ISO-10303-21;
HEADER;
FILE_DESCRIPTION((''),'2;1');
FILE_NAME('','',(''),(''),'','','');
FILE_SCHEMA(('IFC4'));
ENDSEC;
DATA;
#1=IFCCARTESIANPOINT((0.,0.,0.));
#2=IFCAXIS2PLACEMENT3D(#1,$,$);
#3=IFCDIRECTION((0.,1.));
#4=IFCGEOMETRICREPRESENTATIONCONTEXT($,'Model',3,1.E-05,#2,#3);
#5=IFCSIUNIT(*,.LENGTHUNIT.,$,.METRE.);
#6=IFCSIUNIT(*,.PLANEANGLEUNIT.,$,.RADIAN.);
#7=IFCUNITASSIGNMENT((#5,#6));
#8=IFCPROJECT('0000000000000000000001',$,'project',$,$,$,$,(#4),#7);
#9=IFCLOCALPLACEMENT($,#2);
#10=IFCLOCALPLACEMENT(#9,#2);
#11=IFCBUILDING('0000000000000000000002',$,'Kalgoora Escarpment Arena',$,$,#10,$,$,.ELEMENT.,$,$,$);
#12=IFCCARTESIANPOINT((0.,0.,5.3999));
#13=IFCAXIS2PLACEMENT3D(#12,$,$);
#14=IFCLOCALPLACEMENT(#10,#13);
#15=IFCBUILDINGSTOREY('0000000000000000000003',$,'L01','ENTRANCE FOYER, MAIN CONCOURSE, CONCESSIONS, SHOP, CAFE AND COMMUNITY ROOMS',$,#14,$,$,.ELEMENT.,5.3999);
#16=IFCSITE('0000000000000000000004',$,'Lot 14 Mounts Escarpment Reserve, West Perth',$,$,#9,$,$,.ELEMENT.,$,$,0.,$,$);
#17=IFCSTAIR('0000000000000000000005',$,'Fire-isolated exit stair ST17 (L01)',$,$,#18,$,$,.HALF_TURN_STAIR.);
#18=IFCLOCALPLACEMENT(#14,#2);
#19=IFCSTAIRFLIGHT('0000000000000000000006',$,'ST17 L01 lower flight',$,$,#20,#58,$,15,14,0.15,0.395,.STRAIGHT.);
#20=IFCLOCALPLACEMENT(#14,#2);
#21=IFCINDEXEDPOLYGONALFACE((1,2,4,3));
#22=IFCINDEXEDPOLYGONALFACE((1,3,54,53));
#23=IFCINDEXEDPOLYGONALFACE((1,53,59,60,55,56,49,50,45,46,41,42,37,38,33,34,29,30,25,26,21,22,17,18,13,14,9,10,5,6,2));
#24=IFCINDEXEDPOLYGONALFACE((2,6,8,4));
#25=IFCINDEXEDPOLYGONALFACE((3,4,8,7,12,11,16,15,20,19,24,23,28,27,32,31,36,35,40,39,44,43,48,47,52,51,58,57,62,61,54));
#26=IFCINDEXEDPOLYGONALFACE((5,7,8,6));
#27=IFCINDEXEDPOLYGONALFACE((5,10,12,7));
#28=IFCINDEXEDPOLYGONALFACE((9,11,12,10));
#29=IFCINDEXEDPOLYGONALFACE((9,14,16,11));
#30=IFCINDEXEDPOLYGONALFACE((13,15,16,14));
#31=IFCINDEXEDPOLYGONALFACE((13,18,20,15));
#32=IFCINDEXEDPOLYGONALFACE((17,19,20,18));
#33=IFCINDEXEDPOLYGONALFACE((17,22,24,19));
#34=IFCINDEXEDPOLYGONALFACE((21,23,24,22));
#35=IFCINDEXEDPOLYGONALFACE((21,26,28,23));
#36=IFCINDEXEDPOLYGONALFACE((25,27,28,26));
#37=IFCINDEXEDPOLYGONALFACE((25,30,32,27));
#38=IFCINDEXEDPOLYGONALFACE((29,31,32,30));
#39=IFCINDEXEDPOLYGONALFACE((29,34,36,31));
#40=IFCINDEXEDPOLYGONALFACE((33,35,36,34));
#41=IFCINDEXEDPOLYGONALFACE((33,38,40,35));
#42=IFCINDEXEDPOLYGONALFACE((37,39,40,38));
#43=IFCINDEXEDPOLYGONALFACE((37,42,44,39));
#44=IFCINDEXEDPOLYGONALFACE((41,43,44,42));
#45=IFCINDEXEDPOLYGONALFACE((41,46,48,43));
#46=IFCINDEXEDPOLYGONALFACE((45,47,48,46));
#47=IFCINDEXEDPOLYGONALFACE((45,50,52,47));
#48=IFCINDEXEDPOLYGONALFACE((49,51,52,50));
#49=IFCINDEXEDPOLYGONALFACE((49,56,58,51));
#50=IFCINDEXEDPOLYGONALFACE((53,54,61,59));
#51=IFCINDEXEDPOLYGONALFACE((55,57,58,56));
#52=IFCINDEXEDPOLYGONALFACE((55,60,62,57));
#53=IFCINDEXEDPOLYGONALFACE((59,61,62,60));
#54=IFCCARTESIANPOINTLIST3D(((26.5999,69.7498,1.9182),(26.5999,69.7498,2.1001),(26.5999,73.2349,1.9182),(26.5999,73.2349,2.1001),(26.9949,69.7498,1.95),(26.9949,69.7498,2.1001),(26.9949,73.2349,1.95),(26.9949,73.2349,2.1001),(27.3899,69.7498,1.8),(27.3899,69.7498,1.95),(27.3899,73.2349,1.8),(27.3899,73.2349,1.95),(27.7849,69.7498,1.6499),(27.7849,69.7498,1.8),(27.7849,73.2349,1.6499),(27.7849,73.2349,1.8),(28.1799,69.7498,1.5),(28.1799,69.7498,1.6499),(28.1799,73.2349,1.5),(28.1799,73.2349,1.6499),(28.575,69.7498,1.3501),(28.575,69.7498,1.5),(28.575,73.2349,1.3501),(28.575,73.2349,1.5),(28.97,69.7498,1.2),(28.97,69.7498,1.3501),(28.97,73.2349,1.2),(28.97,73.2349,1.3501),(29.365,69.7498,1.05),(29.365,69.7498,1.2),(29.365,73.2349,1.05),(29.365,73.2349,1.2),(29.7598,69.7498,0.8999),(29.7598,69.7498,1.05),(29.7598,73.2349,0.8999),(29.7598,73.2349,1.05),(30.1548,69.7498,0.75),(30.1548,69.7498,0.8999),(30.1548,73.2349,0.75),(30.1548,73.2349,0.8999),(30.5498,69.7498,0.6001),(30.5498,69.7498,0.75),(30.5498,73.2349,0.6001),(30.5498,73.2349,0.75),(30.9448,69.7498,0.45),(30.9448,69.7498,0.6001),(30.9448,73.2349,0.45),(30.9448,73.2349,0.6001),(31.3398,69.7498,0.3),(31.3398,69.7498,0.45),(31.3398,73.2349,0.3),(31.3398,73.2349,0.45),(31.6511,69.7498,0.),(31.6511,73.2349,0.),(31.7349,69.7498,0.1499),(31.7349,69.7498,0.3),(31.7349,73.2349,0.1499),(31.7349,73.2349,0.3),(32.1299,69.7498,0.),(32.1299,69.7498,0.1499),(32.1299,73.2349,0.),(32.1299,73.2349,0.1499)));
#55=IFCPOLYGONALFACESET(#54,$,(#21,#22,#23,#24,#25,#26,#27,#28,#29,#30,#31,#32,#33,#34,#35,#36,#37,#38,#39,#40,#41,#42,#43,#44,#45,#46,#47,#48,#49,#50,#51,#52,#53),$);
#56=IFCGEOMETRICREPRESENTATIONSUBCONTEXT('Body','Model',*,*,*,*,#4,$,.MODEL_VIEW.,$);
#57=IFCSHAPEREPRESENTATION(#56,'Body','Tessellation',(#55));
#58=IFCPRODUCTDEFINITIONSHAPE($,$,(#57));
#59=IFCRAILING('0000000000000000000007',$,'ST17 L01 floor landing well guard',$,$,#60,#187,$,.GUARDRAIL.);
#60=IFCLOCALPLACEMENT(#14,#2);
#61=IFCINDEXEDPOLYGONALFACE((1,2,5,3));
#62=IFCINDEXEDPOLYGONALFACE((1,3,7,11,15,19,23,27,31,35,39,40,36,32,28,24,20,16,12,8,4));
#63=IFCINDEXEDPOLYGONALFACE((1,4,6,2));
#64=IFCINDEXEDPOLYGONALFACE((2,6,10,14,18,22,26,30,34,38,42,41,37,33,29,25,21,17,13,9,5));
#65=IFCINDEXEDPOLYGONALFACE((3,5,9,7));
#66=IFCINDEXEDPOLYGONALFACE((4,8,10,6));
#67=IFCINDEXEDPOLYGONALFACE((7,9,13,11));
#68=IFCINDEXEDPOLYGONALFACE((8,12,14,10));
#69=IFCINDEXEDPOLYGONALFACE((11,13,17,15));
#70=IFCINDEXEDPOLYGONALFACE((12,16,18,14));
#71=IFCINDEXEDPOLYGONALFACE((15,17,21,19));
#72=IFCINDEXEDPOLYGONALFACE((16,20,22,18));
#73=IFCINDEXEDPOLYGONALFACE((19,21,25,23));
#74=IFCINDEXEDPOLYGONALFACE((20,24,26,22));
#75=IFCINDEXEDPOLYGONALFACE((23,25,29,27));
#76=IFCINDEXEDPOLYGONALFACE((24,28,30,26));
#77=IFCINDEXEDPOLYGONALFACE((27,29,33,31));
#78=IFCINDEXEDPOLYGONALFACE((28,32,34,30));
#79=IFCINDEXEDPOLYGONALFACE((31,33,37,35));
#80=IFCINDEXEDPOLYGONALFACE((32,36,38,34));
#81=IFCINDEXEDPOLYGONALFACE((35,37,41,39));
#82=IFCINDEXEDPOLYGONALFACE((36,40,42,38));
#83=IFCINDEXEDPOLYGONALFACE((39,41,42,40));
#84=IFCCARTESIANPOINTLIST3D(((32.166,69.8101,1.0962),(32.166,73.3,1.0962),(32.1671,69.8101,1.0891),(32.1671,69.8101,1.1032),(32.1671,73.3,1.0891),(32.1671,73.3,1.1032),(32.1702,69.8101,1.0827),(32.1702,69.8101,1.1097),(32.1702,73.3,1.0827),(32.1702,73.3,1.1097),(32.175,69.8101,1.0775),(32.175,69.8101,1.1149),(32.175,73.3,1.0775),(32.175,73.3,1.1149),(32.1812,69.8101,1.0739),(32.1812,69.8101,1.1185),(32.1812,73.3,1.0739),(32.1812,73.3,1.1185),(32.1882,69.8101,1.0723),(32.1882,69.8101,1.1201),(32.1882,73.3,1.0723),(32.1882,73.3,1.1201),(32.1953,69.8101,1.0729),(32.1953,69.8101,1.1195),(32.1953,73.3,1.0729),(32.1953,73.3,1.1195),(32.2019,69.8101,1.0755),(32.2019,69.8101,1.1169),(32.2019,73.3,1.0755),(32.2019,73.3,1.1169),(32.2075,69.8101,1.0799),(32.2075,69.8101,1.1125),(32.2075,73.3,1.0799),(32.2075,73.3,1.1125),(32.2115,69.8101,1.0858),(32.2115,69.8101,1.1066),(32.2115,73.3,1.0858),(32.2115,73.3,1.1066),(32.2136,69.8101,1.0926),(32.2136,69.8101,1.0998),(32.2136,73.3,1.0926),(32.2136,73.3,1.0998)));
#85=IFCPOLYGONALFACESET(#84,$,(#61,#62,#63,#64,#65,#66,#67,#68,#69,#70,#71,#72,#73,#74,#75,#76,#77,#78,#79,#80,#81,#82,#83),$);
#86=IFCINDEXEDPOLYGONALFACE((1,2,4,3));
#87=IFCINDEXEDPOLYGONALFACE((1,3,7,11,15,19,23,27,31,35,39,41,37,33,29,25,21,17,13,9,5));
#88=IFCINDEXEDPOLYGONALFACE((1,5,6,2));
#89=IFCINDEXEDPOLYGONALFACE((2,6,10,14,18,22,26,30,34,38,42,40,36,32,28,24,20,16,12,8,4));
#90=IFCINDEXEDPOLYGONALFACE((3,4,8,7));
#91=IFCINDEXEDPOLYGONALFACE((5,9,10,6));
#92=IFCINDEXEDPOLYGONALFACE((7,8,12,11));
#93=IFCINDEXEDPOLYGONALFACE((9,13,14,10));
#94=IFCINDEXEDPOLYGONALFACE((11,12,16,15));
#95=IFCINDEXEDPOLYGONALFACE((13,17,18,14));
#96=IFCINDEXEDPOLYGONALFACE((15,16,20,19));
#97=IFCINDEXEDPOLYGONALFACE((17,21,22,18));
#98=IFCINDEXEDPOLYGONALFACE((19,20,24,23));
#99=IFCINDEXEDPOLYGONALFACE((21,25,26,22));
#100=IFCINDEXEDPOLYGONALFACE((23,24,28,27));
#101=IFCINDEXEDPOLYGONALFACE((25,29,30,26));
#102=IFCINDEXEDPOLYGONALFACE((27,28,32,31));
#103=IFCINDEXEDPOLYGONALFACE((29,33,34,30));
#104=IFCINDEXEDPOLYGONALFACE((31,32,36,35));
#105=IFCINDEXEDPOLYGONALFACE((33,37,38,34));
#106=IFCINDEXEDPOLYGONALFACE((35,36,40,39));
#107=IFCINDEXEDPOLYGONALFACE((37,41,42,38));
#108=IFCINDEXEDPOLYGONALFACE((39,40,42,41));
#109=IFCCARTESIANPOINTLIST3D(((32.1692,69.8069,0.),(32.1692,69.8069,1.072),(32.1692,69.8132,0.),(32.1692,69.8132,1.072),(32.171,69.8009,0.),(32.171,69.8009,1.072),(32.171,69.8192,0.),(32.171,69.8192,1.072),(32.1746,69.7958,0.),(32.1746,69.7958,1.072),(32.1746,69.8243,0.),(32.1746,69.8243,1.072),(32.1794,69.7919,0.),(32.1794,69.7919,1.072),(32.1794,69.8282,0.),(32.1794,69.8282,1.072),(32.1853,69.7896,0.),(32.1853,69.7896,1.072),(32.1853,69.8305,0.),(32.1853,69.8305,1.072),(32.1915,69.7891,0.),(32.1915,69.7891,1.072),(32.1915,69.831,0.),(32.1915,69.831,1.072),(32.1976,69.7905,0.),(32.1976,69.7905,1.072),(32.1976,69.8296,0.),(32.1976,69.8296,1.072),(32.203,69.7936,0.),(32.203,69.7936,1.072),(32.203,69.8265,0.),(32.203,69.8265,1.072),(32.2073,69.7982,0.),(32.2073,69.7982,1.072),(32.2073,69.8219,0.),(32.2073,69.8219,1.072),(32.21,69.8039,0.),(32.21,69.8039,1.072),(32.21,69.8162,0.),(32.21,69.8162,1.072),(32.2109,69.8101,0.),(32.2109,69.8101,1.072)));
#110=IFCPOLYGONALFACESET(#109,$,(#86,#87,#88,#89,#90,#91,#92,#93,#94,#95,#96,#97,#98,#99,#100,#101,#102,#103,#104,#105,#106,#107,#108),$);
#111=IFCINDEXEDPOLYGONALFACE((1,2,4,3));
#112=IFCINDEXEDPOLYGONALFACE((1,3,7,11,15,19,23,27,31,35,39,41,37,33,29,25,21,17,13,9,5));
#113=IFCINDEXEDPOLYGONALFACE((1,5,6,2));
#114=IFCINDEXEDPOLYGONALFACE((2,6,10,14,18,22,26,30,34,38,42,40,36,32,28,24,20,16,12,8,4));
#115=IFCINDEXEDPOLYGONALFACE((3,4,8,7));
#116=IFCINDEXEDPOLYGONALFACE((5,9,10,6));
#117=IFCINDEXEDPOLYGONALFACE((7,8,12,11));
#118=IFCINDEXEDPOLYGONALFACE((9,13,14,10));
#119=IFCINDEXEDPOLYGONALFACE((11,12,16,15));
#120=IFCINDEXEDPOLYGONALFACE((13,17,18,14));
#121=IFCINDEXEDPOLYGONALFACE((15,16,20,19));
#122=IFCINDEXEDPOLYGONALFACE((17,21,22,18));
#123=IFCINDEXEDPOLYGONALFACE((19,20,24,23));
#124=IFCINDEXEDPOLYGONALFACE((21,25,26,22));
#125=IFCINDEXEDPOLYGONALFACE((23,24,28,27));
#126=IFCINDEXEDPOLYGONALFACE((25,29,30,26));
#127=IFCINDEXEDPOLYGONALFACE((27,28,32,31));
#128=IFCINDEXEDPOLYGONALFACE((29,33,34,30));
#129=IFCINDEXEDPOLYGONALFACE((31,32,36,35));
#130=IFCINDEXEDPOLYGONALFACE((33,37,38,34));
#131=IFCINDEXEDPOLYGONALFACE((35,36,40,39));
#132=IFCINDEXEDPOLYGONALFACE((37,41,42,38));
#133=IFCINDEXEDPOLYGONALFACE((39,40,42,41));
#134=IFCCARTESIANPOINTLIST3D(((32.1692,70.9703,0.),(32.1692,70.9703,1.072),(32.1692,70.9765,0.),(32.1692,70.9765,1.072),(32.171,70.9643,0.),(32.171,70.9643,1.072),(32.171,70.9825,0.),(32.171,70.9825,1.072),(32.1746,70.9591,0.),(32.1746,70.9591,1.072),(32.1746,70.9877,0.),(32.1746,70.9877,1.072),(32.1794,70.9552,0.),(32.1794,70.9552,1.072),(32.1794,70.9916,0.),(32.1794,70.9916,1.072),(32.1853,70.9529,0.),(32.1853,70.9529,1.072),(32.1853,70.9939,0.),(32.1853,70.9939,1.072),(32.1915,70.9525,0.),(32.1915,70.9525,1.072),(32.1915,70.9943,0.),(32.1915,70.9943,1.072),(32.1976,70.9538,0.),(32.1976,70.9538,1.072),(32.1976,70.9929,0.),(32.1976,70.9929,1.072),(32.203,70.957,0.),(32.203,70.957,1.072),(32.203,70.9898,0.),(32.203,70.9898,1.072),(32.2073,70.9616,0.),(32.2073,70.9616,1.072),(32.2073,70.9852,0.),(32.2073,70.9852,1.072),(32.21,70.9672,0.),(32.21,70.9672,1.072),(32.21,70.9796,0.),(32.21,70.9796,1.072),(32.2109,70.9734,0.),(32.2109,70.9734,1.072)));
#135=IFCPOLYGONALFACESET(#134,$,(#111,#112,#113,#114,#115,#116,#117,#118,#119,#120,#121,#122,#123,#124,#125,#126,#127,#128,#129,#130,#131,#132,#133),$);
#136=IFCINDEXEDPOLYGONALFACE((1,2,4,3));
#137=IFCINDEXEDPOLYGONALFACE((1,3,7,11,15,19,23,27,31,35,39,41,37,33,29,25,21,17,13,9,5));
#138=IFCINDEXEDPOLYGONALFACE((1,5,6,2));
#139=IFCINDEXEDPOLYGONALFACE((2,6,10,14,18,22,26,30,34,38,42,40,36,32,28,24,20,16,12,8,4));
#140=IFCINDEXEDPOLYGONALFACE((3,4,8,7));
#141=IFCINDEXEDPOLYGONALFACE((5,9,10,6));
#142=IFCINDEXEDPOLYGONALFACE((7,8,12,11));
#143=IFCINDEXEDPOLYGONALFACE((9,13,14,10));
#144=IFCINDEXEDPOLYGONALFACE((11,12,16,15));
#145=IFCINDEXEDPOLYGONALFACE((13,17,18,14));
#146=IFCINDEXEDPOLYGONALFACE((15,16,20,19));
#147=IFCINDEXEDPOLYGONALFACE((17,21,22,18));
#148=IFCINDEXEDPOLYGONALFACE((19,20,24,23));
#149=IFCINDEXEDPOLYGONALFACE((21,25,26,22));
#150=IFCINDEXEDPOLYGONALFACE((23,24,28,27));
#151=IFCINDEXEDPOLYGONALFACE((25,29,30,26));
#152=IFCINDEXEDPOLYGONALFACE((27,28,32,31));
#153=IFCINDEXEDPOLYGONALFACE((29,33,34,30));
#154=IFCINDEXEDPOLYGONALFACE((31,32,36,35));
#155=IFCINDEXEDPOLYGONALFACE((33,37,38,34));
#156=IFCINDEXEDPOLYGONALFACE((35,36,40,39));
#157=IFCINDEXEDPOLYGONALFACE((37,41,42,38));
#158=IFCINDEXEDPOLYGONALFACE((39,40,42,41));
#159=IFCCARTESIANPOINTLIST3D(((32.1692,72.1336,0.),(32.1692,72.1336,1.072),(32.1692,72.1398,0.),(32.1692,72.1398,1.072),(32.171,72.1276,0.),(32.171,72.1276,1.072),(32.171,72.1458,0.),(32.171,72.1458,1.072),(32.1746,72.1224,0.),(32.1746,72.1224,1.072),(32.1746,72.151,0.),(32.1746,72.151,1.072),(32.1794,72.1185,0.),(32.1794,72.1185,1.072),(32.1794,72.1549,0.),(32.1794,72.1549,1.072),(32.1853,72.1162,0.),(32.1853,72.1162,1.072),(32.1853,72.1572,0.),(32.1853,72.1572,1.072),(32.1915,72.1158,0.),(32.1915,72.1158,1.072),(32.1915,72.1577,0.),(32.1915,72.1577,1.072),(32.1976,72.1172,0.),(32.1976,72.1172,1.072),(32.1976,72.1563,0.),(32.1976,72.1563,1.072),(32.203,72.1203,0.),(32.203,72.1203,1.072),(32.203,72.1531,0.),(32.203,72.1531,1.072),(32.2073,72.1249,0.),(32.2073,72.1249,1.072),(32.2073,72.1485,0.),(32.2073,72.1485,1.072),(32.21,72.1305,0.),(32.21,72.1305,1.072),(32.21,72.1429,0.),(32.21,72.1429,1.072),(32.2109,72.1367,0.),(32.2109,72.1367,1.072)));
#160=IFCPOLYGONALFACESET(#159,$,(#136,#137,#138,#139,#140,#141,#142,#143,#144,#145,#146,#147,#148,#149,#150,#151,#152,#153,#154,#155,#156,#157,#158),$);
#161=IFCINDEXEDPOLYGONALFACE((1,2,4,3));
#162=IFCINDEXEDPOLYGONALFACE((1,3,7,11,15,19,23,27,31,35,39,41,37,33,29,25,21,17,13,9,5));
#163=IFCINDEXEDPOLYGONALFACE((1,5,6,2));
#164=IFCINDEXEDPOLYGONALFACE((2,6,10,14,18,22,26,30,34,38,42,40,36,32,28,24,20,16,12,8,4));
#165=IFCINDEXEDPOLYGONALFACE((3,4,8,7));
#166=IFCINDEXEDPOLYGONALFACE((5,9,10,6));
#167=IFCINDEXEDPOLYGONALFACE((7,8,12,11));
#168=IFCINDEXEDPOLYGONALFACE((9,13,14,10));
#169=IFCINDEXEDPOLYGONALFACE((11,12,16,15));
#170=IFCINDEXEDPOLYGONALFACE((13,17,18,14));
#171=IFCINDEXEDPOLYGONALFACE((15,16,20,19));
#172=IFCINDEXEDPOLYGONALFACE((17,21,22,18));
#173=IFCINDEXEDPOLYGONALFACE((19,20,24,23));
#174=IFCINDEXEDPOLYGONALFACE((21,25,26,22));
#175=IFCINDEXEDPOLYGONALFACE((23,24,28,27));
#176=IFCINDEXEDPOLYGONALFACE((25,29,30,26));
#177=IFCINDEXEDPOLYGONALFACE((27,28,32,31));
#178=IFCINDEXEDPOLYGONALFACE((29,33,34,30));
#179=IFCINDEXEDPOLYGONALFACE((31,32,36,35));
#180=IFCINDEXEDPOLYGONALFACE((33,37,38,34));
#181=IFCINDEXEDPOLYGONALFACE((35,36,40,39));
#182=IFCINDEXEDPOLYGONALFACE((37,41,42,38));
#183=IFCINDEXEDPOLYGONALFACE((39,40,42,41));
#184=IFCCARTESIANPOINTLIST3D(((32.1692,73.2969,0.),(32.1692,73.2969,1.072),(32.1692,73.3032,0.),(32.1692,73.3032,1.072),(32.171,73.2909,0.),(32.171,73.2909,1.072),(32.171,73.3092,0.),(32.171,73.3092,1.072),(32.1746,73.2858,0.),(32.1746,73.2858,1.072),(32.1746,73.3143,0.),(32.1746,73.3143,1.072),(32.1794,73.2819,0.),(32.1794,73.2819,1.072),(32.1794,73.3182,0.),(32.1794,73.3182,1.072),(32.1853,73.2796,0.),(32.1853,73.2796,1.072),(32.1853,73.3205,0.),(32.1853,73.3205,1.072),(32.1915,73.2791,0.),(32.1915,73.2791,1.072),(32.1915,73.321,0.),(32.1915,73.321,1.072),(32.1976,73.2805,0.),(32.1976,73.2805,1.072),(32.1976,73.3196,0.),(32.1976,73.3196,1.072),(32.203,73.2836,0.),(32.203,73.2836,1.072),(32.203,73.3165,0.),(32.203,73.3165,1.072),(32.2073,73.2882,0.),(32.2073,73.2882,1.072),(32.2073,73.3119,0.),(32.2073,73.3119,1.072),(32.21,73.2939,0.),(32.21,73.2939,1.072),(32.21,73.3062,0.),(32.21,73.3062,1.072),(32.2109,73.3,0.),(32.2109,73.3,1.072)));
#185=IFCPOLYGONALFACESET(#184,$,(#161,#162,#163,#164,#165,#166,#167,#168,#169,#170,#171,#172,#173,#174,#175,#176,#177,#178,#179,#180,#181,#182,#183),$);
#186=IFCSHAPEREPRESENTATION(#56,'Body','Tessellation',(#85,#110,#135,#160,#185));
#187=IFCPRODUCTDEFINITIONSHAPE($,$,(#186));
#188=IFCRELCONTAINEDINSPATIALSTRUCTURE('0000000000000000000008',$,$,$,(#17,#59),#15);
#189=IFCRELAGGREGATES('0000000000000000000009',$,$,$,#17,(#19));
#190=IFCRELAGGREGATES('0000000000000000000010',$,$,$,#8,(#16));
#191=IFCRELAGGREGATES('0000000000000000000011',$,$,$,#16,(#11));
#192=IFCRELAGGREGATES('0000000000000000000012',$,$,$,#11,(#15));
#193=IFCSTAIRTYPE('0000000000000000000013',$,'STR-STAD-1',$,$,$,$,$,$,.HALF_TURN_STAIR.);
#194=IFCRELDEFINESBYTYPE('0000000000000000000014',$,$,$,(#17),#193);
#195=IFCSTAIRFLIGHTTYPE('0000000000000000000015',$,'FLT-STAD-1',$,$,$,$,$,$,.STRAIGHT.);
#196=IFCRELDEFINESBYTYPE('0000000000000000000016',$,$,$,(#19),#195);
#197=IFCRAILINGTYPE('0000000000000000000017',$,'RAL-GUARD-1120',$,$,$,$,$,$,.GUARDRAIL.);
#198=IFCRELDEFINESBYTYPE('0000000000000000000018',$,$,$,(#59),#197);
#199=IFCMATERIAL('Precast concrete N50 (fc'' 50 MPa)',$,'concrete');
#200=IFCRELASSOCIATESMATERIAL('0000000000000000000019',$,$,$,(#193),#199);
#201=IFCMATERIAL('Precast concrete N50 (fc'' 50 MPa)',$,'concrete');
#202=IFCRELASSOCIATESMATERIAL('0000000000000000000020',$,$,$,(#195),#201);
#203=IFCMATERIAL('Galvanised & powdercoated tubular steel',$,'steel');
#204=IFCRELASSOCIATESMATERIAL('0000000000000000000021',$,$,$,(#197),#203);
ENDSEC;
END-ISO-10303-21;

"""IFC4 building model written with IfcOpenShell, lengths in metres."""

from ifc_helpers import new_model, si_unit, direction, frame, origin, origin_2d, place, context, subcontext, project, spatial, polyline, circle, outline, extrude, material, type_object, element, aggregate, save


model = new_model("IFC4")

# Units and contexts
model_context = context("Model", 3, precision=1e-05, world=origin(), true_north=direction((0.0, 1.0)))
body_context = subcontext(model_context, "Body", "Model", "MODEL_VIEW")
ifc_project = project(units=[si_unit("LENGTHUNIT", "METRE"), si_unit("PLANEANGLEUNIT", "RADIAN")], contexts=[model_context])

# Site, building, storey
site_placement = place(None, origin())
site = spatial("IfcSite", under=ifc_project, at=site_placement, Name="Lot 14 Mounts Escarpment Reserve, West Perth", CompositionType="ELEMENT", RefElevation=0.0)
building_placement = place(site_placement, origin())
building = spatial("IfcBuilding", under=site, at=building_placement, Name="Kalgoora Escarpment Arena", CompositionType="ELEMENT")
storey_placement = place(building_placement, frame((0.0, 0.0, 5.3999)))
storey = spatial("IfcBuildingStorey", under=building, at=storey_placement, Name="L01", Description="ENTRANCE FOYER, MAIN CONCOURSE, CONCESSIONS, SHOP, CAFE AND COMMUNITY ROOMS", CompositionType="ELEMENT", Elevation=5.3999)

# Stair, stair flight
ifc_material_1 = material(Name="Precast concrete N50 (fc' 50 MPa)", Category="concrete")
stair_type = type_object("IfcStairType", Name="STR-STAD-1", PredefinedType="HALF_TURN_STAIR", material=ifc_material_1)
stair_placement = place(storey_placement, origin())
stair = element("IfcStair", 1, at=stair_placement, inside=storey, type_object=stair_type, Name="Fire-isolated exit stair ST17 (L01)", PredefinedType="HALF_TURN_STAIR")
ifc_material_2 = material(Name="Precast concrete N50 (fc' 50 MPa)", Category="concrete")
stair_flight_type = type_object("IfcStairFlightType", Name="FLT-STAD-1", PredefinedType="STRAIGHT", material=ifc_material_2)
stair_flight_placement = place(storey_placement, frame((32.1299, 71.4924, 0.0), z_axis=(0.0, 0.0, 1.0), x_axis=(-1.0, 0.0, 0.0)))
stair_flight = element("IfcStairFlight", 2, at=stair_flight_placement, type_object=stair_flight_type, Name="ST17 L01 lower flight", NumberOfRisers=15, NumberOfTreads=14, PredefinedType="STRAIGHT", RiserHeight=0.15, TreadLength=0.395, context=body_context, shape_type="SweptSolid", body=[
    extrude(outline(polyline([(0.0, 0.0), (0.0, 0.1499), (0.395, 0.1499), (0.395, 0.3), (0.79, 0.3), (0.79, 0.45), (1.1851, 0.45), (1.1851, 0.6001), (1.5801, 0.6001), (1.5801, 0.75), (1.9751, 0.75), (1.9751, 0.8999), (2.3701, 0.8999), (2.3701, 1.05), (2.7649, 1.05), (2.7649, 1.2), (3.1599, 1.2), (3.1599, 1.3501), (3.5549, 1.3501), (3.5549, 1.5), (3.95, 1.5), (3.95, 1.6499), (4.345, 1.6499), (4.345, 1.8), (4.74, 1.8), (4.74, 1.95), (5.135, 1.95), (5.135, 2.1001), (5.53, 2.1001), (5.53, 2.25), (5.53, 1.9182), (0.4788, 0.0), (0.0, 0.0)])), frame((0.0, 1.7427, 0.0), z_axis=(0.0, -1.0, 0.0), x_axis=(1.0, 0.0, 0.0)), (0.0, 0.0, 1.0), 3.4851),
])
aggregate(stair, [stair_flight])

# Railing
ifc_material_3 = material(Name="Galvanised & powdercoated tubular steel", Category="steel")
railing_type = type_object("IfcRailingType", Name="RAL-GUARD-1120", PredefinedType="GUARDRAIL", material=ifc_material_3)
railing_1_placement = place(storey_placement, frame((32.1899, 69.8101, 0.0)))
element("IfcRailing", 3, at=railing_1_placement, inside=storey, type_object=railing_type, Name="ST17 L01 floor landing well guard", PredefinedType="GUARDRAIL", context=body_context, shape_type="SweptSolid", body=[
    extrude(circle(Radius=0.0239, at=origin_2d()), frame((0.0, 0.0, 1.0962), z_axis=(0.0, 1.0, 0.0), x_axis=(-1.0, 0.0, 0.0)), (0.0, 0.0, 1.0), 3.49),
    extrude(circle(Radius=0.021, at=origin_2d()), origin(), (0.0, 0.0, 1.0), 1.072),
    extrude(circle(Radius=0.021, at=origin_2d()), frame((0.0, 1.1633, 0.0)), (0.0, 0.0, 1.0), 1.072),
    extrude(circle(Radius=0.021, at=origin_2d()), frame((0.0, 2.3267, 0.0)), (0.0, 0.0, 1.0), 1.072),
    extrude(circle(Radius=0.021, at=origin_2d()), frame((0.0, 3.49, 0.0)), (0.0, 0.0, 1.0), 1.072),
])

save(model, "model.ifc")
